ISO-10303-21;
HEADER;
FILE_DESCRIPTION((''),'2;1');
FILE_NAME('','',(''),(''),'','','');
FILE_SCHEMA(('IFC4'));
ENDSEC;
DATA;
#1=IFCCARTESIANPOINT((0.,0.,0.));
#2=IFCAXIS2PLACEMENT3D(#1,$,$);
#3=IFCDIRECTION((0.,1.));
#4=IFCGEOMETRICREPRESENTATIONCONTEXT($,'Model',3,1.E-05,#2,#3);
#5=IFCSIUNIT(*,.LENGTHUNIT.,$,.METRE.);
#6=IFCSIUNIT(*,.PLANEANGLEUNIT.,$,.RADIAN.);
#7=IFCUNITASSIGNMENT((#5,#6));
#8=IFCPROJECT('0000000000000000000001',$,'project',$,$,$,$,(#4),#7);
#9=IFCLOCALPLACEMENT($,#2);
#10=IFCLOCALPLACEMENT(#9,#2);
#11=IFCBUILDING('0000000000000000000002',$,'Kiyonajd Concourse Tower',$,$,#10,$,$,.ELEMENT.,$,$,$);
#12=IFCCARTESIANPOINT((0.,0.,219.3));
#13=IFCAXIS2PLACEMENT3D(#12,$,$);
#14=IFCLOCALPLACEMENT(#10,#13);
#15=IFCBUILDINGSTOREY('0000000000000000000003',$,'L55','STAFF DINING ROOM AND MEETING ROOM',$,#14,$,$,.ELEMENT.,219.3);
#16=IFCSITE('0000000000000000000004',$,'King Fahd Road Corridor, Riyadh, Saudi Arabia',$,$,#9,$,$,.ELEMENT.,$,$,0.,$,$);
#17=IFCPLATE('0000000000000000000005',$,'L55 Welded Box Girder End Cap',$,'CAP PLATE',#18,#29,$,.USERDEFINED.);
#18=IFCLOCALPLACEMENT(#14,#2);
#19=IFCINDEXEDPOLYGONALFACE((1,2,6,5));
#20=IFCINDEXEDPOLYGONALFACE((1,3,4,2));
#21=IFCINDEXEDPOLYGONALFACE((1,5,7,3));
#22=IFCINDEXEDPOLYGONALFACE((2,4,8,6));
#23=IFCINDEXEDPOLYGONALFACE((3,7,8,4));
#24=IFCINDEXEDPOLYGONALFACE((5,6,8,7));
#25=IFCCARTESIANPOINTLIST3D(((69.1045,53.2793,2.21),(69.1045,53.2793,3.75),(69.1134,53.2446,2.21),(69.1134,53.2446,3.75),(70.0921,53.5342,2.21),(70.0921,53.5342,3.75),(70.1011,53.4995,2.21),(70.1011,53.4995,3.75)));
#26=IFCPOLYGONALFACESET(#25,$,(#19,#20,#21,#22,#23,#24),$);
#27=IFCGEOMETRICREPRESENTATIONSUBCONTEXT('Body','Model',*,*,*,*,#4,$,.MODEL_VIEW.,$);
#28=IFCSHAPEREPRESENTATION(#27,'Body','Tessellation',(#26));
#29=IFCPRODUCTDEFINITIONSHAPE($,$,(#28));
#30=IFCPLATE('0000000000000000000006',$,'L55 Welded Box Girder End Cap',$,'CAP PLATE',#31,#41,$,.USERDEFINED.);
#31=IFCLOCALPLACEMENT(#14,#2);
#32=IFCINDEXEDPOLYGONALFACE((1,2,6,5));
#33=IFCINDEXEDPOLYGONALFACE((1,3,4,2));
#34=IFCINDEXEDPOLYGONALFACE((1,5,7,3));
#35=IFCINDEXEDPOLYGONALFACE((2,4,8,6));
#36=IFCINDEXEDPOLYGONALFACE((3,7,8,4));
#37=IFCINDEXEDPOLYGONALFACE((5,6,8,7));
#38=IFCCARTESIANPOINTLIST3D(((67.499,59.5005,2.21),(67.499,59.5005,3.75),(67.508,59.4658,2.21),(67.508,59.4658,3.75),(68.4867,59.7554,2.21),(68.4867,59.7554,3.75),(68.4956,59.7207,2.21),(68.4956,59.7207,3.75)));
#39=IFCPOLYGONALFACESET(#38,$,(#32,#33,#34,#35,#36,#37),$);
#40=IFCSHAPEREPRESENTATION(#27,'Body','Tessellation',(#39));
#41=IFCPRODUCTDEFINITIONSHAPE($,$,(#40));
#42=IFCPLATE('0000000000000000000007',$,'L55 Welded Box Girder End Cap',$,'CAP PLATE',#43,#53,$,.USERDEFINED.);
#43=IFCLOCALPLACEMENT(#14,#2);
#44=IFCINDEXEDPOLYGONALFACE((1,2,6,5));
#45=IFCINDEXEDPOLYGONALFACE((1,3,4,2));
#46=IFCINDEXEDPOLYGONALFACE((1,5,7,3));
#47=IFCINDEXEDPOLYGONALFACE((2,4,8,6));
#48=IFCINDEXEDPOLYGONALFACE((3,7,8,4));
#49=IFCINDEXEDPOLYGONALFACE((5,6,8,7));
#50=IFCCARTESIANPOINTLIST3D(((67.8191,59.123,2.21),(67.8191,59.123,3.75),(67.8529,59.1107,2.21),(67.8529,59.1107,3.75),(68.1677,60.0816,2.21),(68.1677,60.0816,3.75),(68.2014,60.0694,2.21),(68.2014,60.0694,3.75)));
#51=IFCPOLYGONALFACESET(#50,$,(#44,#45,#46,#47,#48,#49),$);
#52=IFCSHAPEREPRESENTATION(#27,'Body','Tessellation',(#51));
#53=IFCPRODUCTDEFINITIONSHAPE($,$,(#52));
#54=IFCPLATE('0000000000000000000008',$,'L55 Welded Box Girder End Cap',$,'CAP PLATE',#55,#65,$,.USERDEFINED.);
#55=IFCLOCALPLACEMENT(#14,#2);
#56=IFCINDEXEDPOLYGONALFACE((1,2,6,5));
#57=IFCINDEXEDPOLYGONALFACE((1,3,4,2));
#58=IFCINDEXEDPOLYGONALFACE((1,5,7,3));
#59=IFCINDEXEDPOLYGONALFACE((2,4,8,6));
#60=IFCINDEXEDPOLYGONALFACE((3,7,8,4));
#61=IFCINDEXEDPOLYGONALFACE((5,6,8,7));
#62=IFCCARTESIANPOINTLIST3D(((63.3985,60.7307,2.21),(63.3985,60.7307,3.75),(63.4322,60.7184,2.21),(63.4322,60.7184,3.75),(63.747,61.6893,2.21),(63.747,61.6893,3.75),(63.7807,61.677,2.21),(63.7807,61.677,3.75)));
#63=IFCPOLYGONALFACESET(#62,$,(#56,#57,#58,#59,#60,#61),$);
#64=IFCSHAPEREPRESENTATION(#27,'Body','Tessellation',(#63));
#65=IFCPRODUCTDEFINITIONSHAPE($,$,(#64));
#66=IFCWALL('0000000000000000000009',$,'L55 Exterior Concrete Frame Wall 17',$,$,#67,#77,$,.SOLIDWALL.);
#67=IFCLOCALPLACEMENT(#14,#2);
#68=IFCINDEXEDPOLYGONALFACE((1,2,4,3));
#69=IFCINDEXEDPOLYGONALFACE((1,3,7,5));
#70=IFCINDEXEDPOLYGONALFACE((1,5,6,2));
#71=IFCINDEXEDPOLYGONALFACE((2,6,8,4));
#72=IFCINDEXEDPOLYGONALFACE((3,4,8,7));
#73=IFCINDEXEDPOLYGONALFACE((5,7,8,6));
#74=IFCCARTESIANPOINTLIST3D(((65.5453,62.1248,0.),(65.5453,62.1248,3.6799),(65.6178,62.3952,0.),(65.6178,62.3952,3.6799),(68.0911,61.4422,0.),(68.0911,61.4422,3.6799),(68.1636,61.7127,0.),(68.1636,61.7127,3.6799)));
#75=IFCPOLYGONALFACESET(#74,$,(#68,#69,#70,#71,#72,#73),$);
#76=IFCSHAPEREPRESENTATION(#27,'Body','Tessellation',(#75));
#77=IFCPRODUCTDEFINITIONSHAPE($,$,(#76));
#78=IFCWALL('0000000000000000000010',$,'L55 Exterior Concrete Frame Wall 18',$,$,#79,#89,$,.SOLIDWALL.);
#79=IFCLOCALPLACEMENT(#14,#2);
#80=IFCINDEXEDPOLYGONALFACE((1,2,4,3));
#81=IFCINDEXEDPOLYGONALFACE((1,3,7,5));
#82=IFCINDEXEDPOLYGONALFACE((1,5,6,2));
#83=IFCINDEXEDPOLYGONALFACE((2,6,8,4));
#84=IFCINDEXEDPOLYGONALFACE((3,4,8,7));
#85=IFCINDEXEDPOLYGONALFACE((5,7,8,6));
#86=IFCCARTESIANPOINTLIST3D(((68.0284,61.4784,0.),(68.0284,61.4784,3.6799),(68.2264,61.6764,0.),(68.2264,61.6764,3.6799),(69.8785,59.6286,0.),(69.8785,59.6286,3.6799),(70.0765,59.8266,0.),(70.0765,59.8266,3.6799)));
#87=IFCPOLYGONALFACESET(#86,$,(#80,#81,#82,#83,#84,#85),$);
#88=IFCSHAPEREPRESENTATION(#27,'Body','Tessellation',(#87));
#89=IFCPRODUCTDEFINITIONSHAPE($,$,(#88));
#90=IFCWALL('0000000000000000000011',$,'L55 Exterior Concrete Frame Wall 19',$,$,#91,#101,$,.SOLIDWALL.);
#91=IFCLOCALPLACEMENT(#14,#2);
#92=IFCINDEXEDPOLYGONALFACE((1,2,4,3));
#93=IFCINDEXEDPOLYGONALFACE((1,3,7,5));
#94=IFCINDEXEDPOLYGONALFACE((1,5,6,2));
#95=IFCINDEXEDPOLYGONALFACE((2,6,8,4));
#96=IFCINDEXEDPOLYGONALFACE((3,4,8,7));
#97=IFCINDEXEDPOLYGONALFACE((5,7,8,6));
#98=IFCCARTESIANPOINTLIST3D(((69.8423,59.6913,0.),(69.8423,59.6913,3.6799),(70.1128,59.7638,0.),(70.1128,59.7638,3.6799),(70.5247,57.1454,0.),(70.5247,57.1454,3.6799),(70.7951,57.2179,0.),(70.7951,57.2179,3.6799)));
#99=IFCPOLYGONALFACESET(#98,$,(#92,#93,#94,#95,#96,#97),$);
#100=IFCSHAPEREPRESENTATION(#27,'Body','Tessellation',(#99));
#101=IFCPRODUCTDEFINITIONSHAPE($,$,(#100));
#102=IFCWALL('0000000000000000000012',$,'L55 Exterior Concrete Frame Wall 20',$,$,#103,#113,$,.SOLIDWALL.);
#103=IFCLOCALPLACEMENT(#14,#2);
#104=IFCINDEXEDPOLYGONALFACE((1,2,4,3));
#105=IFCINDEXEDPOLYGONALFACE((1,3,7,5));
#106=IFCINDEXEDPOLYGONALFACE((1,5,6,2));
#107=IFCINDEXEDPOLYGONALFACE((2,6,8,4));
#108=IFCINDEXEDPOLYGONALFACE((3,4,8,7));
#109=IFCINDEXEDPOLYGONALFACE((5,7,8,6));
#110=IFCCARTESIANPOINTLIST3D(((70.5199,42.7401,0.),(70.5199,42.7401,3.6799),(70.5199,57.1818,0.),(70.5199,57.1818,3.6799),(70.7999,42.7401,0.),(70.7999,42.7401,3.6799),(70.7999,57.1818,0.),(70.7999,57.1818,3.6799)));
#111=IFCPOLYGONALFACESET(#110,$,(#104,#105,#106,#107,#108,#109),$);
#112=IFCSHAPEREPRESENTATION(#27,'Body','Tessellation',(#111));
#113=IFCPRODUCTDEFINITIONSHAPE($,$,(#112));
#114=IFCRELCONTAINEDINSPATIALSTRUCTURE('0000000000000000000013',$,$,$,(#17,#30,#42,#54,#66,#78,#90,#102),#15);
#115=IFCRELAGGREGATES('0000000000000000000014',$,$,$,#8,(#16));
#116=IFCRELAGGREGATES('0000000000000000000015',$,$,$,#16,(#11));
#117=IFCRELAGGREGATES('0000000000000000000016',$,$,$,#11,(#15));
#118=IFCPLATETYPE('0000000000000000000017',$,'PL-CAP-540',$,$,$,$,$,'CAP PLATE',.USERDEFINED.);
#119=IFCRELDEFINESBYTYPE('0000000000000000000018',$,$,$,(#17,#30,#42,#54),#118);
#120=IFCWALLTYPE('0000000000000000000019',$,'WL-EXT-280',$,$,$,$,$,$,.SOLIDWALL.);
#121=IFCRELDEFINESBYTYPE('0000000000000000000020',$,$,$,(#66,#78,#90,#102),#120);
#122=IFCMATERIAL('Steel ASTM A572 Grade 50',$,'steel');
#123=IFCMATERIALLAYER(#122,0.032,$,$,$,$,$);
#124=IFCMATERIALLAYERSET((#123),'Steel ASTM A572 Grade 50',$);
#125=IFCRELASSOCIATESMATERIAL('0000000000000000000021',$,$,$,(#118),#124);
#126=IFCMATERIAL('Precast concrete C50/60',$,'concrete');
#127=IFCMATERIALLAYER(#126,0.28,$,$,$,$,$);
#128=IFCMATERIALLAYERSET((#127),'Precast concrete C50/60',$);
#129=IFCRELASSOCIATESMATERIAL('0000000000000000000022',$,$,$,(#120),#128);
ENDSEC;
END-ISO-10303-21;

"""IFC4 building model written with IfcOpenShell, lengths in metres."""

from ifc_helpers import new_model, si_unit, direction, frame, frame_2d, origin, origin_2d, place, context, subcontext, project, spatial, rectangle, extrude, material, layer, layer_set, type_object, element, save


model = new_model("IFC4")

# Units and contexts
model_context = context("Model", 3, precision=1e-05, world=origin(), true_north=direction((0.0, 1.0)))
body_context = subcontext(model_context, "Body", "Model", "MODEL_VIEW")
ifc_project = project(units=[si_unit("LENGTHUNIT", "METRE"), si_unit("PLANEANGLEUNIT", "RADIAN")], contexts=[model_context])

# Site, building, storey
site_placement = place(None, origin())
site = spatial("IfcSite", under=ifc_project, at=site_placement, Name="King Fahd Road Corridor, Riyadh, Saudi Arabia", CompositionType="ELEMENT", RefElevation=0.0)
building_placement = place(site_placement, origin())
building = spatial("IfcBuilding", under=site, at=building_placement, Name="Kiyonajd Concourse Tower", CompositionType="ELEMENT")
storey_placement = place(building_placement, frame((0.0, 0.0, 219.3)))
storey = spatial("IfcBuildingStorey", under=building, at=storey_placement, Name="L55", Description="STAFF DINING ROOM AND MEETING ROOM", CompositionType="ELEMENT", Elevation=219.3)

# Shared definitions
ifc_material_1 = material(Name="Steel ASTM A572 Grade 50", Category="steel")

# Plates
ifc_layer_1 = layer(ifc_material_1, 0.032)
ifc_layer_set_1 = layer_set([ifc_layer_1], Name="Steel ASTM A572 Grade 50")
plate_type_1 = type_object("IfcPlateType", Name="PL-CAP-540", ElementType="CAP PLATE", PredefinedType="USERDEFINED", material=ifc_layer_set_1)
for number, where, z_axis, x_axis, name in (
    (1, (69.6028, 53.3894, 2.21), (0.0, 0.0, 1.0), (0.249873, -0.968279, 0.0), "L55 Welded Box Girder End Cap"),
    (2, (67.9973, 59.6106, 2.21), (0.0, 0.0, 1.0), (-0.249873, 0.968279, 0.0), "L55 Welded Box Girder End Cap"),
    (3, (68.0103, 59.5962, 2.21), (0.0, 0.0, 1.0), (0.939812, -0.341692, 0.0), "L55 Welded Box Girder End Cap"),
    (4, (63.5896, 61.2039, 2.21), (0.0, 0.0, 1.0), (-0.939812, 0.341692, 0.0), "L55 Welded Box Girder End Cap"),
):
    element("IfcPlate", number, at=place(storey_placement, frame(where, z_axis=z_axis, x_axis=x_axis)), inside=storey, type_object=plate_type_1, Name=name, ObjectType="CAP PLATE", PredefinedType="USERDEFINED", context=body_context, shape_type="SweptSolid", body=[
        extrude(rectangle(XDim=0.0359, YDim=1.02, at=origin_2d()), origin(), (0.0, 0.0, 1.0), 1.54),
    ])

# Walls
ifc_material_2 = material(Name="Precast concrete C50/60", Category="concrete")
ifc_layer_2 = layer(ifc_material_2, 0.28)
ifc_layer_set_2 = layer_set([ifc_layer_2], Name="Precast concrete C50/60")
wall_type = type_object("IfcWallType", Name="WL-EXT-280", PredefinedType="SOLIDWALL", material=ifc_layer_set_2)
wall_1_placement = place(storey_placement, frame((65.5815, 62.26, 0.0), z_axis=(0.0, 0.0, 1.0), x_axis=(0.965884, -0.258977, 0.0)))
element("IfcWall", 5, at=wall_1_placement, inside=storey, type_object=wall_type, Name="L55 Exterior Concrete Frame Wall 17", PredefinedType="SOLIDWALL", context=body_context, shape_type="SweptSolid", body=[
    extrude(rectangle(XDim=2.6357, YDim=0.28, at=frame_2d((1.3179, 0.0))), origin(), (0.0, 0.0, 1.0), 3.6799),
])
wall_2_placement = place(storey_placement, frame((68.1274, 61.5774, 0.0), z_axis=(0.0, 0.0, 1.0), x_axis=(0.707153, -0.70706, 0.0)))
element("IfcWall", 6, at=wall_2_placement, inside=storey, type_object=wall_type, Name="L55 Exterior Concrete Frame Wall 18", PredefinedType="SOLIDWALL", context=body_context, shape_type="SweptSolid", body=[
    extrude(rectangle(XDim=2.6162, YDim=0.28, at=frame_2d((1.3081, 0.0))), origin(), (0.0, 0.0, 1.0), 3.6799),
])
wall_3_placement = place(storey_placement, frame((69.9775, 59.7275, 0.0), z_axis=(0.0, 0.0, 1.0), x_axis=(0.25889, -0.965907, 0.0)))
element("IfcWall", 7, at=wall_3_placement, inside=storey, type_object=wall_type, Name="L55 Exterior Concrete Frame Wall 19", PredefinedType="SOLIDWALL", context=body_context, shape_type="SweptSolid", body=[
    extrude(rectangle(XDim=2.6357, YDim=0.28, at=frame_2d((1.3179, 0.0))), origin(), (0.0, 0.0, 1.0), 3.6799),
])
wall_4_placement = place(storey_placement, frame((70.6599, 57.1816, 0.0), z_axis=(0.0, 0.0, 1.0), x_axis=(0.0, -1.0, 0.0)))
element("IfcWall", 8, at=wall_4_placement, inside=storey, type_object=wall_type, Name="L55 Exterior Concrete Frame Wall 20", PredefinedType="SOLIDWALL", context=body_context, shape_type="SweptSolid", body=[
    extrude(rectangle(XDim=14.4417, YDim=0.28, at=frame_2d((7.2207, 0.0))), origin(), (0.0, 0.0, 1.0), 3.6799),
])

save(model, "model.ifc")
